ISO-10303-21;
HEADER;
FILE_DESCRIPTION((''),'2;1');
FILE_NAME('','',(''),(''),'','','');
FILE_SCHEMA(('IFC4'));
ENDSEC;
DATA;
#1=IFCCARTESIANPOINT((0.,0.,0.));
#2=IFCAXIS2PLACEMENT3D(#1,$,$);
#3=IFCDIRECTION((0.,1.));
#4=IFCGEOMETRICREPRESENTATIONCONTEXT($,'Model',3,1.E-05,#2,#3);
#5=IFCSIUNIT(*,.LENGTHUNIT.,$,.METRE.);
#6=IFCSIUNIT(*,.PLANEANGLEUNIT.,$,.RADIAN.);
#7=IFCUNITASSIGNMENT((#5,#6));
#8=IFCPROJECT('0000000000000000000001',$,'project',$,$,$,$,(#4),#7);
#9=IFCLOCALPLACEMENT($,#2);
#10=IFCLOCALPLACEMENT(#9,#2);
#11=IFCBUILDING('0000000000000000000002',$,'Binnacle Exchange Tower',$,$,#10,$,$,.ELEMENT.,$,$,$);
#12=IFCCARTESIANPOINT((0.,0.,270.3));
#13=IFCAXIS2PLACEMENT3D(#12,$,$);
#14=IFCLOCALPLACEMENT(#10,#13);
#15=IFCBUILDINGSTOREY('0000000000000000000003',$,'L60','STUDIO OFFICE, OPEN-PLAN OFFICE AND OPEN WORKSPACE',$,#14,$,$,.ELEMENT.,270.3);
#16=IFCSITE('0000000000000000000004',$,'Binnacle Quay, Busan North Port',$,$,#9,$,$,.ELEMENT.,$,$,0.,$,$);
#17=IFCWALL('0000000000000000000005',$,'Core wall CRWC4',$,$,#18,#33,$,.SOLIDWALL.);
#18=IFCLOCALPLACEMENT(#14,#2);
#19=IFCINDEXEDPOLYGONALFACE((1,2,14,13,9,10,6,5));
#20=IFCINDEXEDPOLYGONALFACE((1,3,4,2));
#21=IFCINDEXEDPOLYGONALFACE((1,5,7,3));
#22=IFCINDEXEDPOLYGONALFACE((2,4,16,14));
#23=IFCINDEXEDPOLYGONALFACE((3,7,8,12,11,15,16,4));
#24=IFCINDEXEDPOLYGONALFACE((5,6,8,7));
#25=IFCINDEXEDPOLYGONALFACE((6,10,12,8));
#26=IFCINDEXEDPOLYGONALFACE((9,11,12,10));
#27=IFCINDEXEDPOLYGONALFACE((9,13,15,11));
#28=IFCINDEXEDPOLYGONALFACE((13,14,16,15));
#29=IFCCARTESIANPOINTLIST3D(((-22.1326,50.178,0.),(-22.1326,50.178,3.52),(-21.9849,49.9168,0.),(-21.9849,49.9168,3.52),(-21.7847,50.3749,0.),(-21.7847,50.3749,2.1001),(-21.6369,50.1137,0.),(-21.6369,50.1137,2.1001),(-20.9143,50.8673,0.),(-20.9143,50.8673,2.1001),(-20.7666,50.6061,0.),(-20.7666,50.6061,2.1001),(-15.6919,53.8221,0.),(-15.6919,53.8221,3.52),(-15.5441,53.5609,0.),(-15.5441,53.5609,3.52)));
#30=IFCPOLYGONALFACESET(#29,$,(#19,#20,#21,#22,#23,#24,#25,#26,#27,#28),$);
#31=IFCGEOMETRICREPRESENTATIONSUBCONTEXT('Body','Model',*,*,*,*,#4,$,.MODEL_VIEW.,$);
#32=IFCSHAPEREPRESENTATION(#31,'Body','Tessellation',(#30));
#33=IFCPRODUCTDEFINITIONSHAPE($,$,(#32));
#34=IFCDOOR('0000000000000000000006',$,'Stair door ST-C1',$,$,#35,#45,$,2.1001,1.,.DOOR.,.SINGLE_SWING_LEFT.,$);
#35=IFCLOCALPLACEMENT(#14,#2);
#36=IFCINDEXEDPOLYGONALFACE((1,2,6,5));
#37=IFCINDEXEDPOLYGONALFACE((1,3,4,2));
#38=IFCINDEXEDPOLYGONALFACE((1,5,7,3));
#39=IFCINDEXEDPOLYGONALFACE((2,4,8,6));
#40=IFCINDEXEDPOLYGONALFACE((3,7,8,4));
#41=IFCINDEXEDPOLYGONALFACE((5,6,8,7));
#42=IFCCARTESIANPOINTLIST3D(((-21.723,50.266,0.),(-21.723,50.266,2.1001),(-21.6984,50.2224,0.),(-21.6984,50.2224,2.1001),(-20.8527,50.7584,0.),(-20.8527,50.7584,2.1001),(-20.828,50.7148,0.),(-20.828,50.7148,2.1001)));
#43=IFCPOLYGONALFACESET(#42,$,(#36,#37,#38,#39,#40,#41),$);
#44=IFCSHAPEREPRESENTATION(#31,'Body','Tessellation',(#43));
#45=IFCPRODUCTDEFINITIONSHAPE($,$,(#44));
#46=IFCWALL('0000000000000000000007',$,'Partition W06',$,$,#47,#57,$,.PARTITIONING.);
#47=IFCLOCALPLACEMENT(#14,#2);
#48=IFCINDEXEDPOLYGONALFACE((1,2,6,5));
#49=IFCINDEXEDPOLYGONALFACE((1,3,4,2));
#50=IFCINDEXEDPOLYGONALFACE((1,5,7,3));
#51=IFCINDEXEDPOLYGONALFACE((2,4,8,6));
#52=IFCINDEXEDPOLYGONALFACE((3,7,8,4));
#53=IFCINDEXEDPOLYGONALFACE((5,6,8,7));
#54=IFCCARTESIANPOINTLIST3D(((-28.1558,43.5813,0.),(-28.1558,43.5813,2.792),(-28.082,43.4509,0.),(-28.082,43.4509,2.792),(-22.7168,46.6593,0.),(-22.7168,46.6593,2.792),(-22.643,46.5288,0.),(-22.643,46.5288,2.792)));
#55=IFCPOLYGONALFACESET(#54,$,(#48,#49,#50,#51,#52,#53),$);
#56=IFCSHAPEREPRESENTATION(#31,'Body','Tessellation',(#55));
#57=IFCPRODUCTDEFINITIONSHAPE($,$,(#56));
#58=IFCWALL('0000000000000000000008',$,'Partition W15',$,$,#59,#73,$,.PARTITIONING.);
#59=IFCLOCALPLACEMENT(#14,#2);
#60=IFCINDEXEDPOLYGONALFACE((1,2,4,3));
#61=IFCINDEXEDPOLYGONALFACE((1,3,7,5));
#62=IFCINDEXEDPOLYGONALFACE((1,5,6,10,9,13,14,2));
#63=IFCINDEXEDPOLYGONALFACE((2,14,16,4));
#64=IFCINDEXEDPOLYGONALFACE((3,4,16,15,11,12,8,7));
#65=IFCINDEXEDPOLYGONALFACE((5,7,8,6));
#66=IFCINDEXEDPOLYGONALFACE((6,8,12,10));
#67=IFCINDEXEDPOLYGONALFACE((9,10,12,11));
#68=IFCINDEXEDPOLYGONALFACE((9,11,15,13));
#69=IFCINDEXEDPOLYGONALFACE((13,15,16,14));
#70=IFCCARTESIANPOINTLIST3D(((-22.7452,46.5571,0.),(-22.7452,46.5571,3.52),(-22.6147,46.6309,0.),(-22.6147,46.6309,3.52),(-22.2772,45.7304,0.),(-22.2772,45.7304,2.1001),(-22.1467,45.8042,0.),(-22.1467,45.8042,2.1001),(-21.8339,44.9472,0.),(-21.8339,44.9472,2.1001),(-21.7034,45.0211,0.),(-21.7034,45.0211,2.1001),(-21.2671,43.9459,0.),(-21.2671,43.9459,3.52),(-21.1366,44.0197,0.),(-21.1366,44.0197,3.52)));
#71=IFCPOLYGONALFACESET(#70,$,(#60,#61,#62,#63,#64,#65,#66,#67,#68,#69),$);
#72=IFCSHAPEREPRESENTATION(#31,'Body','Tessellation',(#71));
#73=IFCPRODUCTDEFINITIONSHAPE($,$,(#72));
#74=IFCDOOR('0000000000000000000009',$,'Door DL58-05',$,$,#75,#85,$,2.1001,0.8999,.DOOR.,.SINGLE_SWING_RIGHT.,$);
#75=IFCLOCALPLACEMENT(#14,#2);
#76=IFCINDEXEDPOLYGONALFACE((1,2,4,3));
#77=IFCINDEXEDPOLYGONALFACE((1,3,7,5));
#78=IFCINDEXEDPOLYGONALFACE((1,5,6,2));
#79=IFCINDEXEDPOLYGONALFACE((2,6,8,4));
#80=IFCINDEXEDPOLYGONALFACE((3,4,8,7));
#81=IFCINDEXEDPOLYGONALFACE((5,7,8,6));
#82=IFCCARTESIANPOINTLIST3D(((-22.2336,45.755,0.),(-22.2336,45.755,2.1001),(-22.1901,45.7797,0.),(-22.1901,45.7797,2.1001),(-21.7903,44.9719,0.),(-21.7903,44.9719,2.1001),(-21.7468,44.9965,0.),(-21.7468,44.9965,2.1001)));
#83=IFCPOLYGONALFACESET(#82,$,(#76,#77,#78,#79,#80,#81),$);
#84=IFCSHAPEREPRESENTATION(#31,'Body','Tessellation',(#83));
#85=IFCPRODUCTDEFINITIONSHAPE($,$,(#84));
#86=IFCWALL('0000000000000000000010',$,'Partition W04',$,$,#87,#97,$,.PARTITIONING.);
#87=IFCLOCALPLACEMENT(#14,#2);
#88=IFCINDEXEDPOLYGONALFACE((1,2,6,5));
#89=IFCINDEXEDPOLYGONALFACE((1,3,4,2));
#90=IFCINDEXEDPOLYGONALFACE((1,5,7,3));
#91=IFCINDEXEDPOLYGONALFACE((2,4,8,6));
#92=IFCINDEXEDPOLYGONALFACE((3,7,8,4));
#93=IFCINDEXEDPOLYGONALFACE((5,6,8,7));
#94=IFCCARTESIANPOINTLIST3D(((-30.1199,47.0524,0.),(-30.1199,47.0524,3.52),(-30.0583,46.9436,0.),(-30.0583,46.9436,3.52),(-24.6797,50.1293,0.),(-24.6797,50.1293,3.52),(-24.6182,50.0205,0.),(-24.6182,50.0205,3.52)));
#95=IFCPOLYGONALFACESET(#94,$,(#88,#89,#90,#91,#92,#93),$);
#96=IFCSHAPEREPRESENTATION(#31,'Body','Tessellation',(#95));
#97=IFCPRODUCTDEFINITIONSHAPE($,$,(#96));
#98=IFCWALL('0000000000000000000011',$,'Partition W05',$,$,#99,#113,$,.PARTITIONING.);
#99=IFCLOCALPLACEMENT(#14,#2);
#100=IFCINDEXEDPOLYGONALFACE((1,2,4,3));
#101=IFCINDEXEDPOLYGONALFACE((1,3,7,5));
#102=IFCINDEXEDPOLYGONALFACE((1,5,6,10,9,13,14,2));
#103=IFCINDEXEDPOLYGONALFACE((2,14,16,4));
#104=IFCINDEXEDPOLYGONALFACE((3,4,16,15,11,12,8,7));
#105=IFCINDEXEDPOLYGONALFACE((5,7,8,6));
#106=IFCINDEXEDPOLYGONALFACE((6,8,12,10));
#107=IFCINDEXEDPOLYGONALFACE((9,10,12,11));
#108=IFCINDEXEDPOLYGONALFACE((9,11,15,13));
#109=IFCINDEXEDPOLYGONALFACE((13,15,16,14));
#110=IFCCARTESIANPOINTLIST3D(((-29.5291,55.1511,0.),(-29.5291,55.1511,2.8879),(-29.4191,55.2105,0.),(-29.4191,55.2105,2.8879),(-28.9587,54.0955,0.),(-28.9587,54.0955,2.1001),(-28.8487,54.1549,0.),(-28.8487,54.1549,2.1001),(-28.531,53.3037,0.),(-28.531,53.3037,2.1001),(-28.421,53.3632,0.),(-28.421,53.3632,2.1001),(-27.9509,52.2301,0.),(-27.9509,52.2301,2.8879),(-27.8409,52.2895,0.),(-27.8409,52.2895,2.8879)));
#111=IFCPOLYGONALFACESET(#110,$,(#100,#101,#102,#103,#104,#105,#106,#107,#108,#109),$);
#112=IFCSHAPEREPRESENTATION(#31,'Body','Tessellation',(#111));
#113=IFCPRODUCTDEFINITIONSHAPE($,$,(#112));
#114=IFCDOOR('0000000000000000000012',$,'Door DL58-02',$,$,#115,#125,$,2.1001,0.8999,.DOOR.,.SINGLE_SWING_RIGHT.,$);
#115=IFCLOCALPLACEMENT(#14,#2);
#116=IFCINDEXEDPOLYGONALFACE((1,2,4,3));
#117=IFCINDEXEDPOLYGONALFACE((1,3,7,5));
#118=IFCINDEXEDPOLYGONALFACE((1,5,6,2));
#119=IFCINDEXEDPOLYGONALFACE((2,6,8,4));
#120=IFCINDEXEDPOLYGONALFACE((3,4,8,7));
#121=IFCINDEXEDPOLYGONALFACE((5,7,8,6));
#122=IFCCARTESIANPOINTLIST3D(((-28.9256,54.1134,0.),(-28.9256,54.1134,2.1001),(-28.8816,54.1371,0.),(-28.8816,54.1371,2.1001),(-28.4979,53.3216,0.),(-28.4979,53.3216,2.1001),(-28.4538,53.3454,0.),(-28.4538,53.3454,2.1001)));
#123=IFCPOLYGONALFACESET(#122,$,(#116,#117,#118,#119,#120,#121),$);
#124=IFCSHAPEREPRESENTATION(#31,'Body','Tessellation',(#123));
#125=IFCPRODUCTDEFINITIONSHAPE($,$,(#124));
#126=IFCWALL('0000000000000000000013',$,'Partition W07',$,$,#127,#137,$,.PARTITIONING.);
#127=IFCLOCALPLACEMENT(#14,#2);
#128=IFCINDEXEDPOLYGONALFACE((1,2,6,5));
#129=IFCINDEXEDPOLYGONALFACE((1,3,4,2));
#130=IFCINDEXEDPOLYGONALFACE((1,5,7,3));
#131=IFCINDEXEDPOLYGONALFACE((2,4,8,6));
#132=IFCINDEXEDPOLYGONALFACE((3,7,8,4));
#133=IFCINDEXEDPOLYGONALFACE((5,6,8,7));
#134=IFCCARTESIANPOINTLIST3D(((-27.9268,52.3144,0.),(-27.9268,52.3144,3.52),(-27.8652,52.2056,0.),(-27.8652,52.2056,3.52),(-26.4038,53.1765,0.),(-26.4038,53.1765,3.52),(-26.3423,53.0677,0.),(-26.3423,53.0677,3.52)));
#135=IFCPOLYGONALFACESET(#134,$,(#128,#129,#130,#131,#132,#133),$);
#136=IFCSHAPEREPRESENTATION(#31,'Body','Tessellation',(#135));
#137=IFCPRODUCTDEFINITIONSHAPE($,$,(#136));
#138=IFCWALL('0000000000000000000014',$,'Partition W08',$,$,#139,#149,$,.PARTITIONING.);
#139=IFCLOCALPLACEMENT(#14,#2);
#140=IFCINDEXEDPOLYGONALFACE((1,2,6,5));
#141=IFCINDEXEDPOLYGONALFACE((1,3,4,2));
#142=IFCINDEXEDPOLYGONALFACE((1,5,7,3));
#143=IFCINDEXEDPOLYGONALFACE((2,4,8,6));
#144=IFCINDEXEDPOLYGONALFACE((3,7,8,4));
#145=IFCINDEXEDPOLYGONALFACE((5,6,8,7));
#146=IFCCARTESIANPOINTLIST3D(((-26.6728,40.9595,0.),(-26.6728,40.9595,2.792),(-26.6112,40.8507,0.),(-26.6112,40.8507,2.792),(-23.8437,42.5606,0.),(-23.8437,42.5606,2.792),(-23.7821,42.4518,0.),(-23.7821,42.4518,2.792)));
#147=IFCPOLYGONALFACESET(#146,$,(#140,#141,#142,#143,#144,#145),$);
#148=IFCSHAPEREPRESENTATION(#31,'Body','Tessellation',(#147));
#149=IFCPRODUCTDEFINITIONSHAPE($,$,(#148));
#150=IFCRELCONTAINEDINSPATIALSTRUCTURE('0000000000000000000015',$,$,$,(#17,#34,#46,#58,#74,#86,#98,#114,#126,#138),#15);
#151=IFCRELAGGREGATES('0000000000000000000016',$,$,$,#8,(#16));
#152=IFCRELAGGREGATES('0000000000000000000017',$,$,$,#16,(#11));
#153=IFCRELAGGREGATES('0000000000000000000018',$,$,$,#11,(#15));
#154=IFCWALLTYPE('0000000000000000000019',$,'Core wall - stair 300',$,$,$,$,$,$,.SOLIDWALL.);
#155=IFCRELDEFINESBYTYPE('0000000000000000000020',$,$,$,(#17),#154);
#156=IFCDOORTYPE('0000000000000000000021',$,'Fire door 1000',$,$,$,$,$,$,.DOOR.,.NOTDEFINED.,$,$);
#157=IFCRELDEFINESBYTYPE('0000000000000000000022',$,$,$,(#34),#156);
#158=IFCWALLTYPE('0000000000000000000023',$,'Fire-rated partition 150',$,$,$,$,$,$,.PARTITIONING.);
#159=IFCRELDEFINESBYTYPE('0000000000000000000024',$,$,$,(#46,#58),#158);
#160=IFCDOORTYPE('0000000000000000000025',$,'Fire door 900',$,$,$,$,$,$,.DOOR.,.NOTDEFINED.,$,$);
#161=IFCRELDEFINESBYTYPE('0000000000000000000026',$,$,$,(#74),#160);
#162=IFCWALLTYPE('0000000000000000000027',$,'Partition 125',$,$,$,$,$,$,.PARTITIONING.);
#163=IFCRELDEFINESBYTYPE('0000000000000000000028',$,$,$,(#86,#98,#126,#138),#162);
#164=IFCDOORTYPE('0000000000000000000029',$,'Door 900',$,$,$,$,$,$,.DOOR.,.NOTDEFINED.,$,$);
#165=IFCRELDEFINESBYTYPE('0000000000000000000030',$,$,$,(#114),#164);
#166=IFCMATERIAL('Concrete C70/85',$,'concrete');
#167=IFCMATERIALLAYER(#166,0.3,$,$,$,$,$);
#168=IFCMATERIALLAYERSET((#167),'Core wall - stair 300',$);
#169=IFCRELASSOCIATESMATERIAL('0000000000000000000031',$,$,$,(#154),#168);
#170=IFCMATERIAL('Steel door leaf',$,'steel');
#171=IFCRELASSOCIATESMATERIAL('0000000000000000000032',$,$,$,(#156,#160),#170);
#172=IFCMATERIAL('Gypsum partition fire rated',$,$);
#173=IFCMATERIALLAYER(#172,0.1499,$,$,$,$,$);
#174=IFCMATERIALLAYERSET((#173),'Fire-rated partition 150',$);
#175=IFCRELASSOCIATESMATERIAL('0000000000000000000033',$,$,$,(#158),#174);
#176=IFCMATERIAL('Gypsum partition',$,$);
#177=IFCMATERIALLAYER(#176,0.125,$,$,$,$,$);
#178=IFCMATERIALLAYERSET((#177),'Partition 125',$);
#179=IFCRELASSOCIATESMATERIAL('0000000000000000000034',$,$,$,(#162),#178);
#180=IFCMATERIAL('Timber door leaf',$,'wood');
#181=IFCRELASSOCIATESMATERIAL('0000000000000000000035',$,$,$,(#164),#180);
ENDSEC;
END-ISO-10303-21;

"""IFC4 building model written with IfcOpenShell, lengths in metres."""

from ifc_helpers import new_model, si_unit, direction, frame, frame_2d, origin, place, context, subcontext, project, spatial, rectangle, extrude, material, layer, layer_set, type_object, element, fill, save


model = new_model("IFC4")

# Units and contexts
model_context = context("Model", 3, precision=1e-05, world=origin(), true_north=direction((0.0, 1.0)))
body_context = subcontext(model_context, "Body", "Model", "MODEL_VIEW")
ifc_project = project(units=[si_unit("LENGTHUNIT", "METRE"), si_unit("PLANEANGLEUNIT", "RADIAN")], contexts=[model_context])

# Site, building, storey
site_placement = place(None, origin())
site = spatial("IfcSite", under=ifc_project, at=site_placement, Name="Binnacle Quay, Busan North Port", CompositionType="ELEMENT", RefElevation=0.0)
building_placement = place(site_placement, origin())
building = spatial("IfcBuilding", under=site, at=building_placement, Name="Binnacle Exchange Tower", CompositionType="ELEMENT")
storey_placement = place(building_placement, frame((0.0, 0.0, 270.3)))
storey = spatial("IfcBuildingStorey", under=building, at=storey_placement, Name="L60", Description="STUDIO OFFICE, OPEN-PLAN OFFICE AND OPEN WORKSPACE", CompositionType="ELEMENT", Elevation=270.3)

# Shared definitions
ifc_material_1 = material(Name="Concrete C70/85", Category="concrete")

# Wall, opening, door
ifc_layer_1 = layer(ifc_material_1, 0.3)
ifc_layer_set_1 = layer_set([ifc_layer_1], Name="Core wall - stair 300")
wall_type_1 = type_object("IfcWallType", Name="Core wall - stair 300", PredefinedType="SOLIDWALL", material=ifc_layer_set_1)
wall_1_placement = place(storey_placement, frame((-22.0588, 50.0474, 0.0), z_axis=(0.0, 0.0, 1.0), x_axis=(0.870351, 0.492432, 0.0)))
wall_1 = element("IfcWall", 1, at=wall_1_placement, inside=storey, type_object=wall_type_1, Name="Core wall CRWC4", PredefinedType="SOLIDWALL", context=body_context, shape_type="SweptSolid", body=[
    extrude(rectangle(XDim=7.4001, YDim=0.3, at=frame_2d((3.7002, 0.0))), origin(), (0.0, 0.0, 1.0), 3.52),
])
opening_1_placement = place(wall_1_placement, frame((0.3999, 0.0, 0.0)))
opening_1 = element("IfcOpeningElement", 2, at=opening_1_placement, cuts=wall_1, PredefinedType="OPENING", context=body_context, shape_type="SweptSolid", body=[
    extrude(rectangle(XDim=1.0, YDim=2.1001, at=frame_2d((0.5, 1.05))), frame((0.0, 0.1599, 0.0), z_axis=(0.0, -1.0, 0.0), x_axis=(1.0, 0.0, 0.0)), (0.0, 0.0, 1.0), 0.3201),
])
ifc_material_2 = material(Name="Steel door leaf", Category="steel")
door_type_1 = type_object("IfcDoorType", Name="Fire door 1000", OperationType="NOTDEFINED", PredefinedType="DOOR", material=ifc_material_2)
door_1_placement = place(opening_1_placement, origin())
door_1 = element("IfcDoor", 3, at=door_1_placement, inside=storey, type_object=door_type_1, Name="Stair door ST-C1", OperationType="SINGLE_SWING_LEFT", OverallHeight=2.1001, OverallWidth=1.0, PredefinedType="DOOR", context=body_context, shape_type="SweptSolid", body=[
    extrude(rectangle(XDim=1.0, YDim=2.1001, at=frame_2d((0.5, 1.05))), frame((0.0, 0.0249, 0.0), z_axis=(0.0, -1.0, 0.0), x_axis=(1.0, 0.0, 0.0)), (0.0, 0.0, 1.0), 0.05),
])
fill(opening_1, door_1)

# Wall
ifc_material_3 = material(Name="Gypsum partition fire rated")
ifc_layer_2 = layer(ifc_material_3, 0.1499)
ifc_layer_set_2 = layer_set([ifc_layer_2], Name="Fire-rated partition 150")
wall_type_2 = type_object("IfcWallType", Name="Fire-rated partition 150", PredefinedType="PARTITIONING", material=ifc_layer_set_2)
wall_2_placement = place(storey_placement, frame((-28.1189, 43.5161, 0.0), z_axis=(0.0, 0.0, 1.0), x_axis=(0.87031, 0.492504, 0.0)))
element("IfcWall", 4, at=wall_2_placement, inside=storey, type_object=wall_type_2, Name="Partition W06", PredefinedType="PARTITIONING", context=body_context, shape_type="SweptSolid", body=[
    extrude(rectangle(XDim=6.2495, YDim=0.1499, at=frame_2d((3.1248, 0.0))), origin(), (0.0, 0.0, 1.0), 2.792),
])

# Wall, opening, door
wall_3_placement = place(storey_placement, frame((-22.6799, 46.594, 0.0), z_axis=(0.0, 0.0, 1.0), x_axis=(0.492612, -0.870249, 0.0)))
wall_3 = element("IfcWall", 5, at=wall_3_placement, inside=storey, type_object=wall_type_2, Name="Partition W15", PredefinedType="PARTITIONING", context=body_context, shape_type="SweptSolid", body=[
    extrude(rectangle(XDim=3.0005, YDim=0.1499, at=frame_2d((1.5002, 0.0))), origin(), (0.0, 0.0, 1.0), 3.52),
])
opening_2_placement = place(wall_3_placement, frame((0.95, 0.0, 0.0)))
opening_2 = element("IfcOpeningElement", 6, at=opening_2_placement, cuts=wall_3, PredefinedType="OPENING", context=body_context, shape_type="SweptSolid", body=[
    extrude(rectangle(XDim=0.8999, YDim=2.1001, at=frame_2d((0.45, 1.05))), frame((0.0, 0.085, 0.0), z_axis=(0.0, -1.0, 0.0), x_axis=(1.0, 0.0, 0.0)), (0.0, 0.0, 1.0), 0.1699),
])
door_type_2 = type_object("IfcDoorType", Name="Fire door 900", OperationType="NOTDEFINED", PredefinedType="DOOR", material=ifc_material_2)
door_2_placement = place(opening_2_placement, frame((0.8999, 0.0, 0.0), z_axis=(0.0, 0.0, 1.0), x_axis=(-1.0, 0.0, 0.0)))
door_2 = element("IfcDoor", 7, at=door_2_placement, inside=storey, type_object=door_type_2, Name="Door DL58-05", OperationType="SINGLE_SWING_RIGHT", OverallHeight=2.1001, OverallWidth=0.8999, PredefinedType="DOOR", context=body_context, shape_type="SweptSolid", body=[
    extrude(rectangle(XDim=0.8999, YDim=2.1001, at=frame_2d((0.45, 1.05))), frame((0.0, 0.0249, 0.0), z_axis=(0.0, -1.0, 0.0), x_axis=(1.0, 0.0, 0.0)), (0.0, 0.0, 1.0), 0.05),
])
fill(opening_2, door_2)

# Wall
ifc_material_4 = material(Name="Gypsum partition")
ifc_layer_3 = layer(ifc_material_4, 0.125)
ifc_layer_set_3 = layer_set([ifc_layer_3], Name="Partition 125")
wall_type_3 = type_object("IfcWallType", Name="Partition 125", PredefinedType="PARTITIONING", material=ifc_layer_set_3)
wall_4_placement = place(storey_placement, frame((-30.0891, 46.998, 0.0), z_axis=(0.0, 0.0, 1.0), x_axis=(0.870425, 0.492302, 0.0)))
element("IfcWall", 8, at=wall_4_placement, inside=storey, type_object=wall_type_3, Name="Partition W04", PredefinedType="PARTITIONING", context=body_context, shape_type="SweptSolid", body=[
    extrude(rectangle(XDim=6.25, YDim=0.125, at=frame_2d((3.125, 0.0))), origin(), (0.0, 0.0, 1.0), 3.52),
])

# Wall, opening, door
wall_5_placement = place(storey_placement, frame((-29.4741, 55.1809, 0.0), z_axis=(0.0, 0.0, 1.0), x_axis=(0.475345, -0.8798, 0.0)))
wall_5 = element("IfcWall", 9, at=wall_5_placement, inside=storey, type_object=wall_type_3, Name="Partition W05", PredefinedType="PARTITIONING", context=body_context, shape_type="SweptSolid", body=[
    extrude(rectangle(XDim=3.3201, YDim=0.125, at=frame_2d((1.6602, 0.0))), origin(), (0.0, 0.0, 1.0), 2.8879),
])
opening_3_placement = place(wall_5_placement, frame((1.2, 0.0, 0.0)))
opening_3 = element("IfcOpeningElement", 10, at=opening_3_placement, cuts=wall_5, PredefinedType="OPENING", context=body_context, shape_type="SweptSolid", body=[
    extrude(rectangle(XDim=0.8999, YDim=2.1001, at=frame_2d((0.45, 1.05))), frame((0.0, 0.0725, 0.0), z_axis=(0.0, -1.0, 0.0), x_axis=(1.0, 0.0, 0.0)), (0.0, 0.0, 1.0), 0.145),
])
ifc_material_5 = material(Name="Timber door leaf", Category="wood")
door_type_3 = type_object("IfcDoorType", Name="Door 900", OperationType="NOTDEFINED", PredefinedType="DOOR", material=ifc_material_5)
door_3_placement = place(opening_3_placement, frame((0.8999, 0.0, 0.0), z_axis=(0.0, 0.0, 1.0), x_axis=(-1.0, 0.0, 0.0)))
door_3 = element("IfcDoor", 11, at=door_3_placement, inside=storey, type_object=door_type_3, Name="Door DL58-02", OperationType="SINGLE_SWING_RIGHT", OverallHeight=2.1001, OverallWidth=0.8999, PredefinedType="DOOR", context=body_context, shape_type="SweptSolid", body=[
    extrude(rectangle(XDim=0.8999, YDim=2.1001, at=frame_2d((0.45, 1.05))), frame((0.0, 0.0249, 0.0), z_axis=(0.0, -1.0, 0.0), x_axis=(1.0, 0.0, 0.0)), (0.0, 0.0, 1.0), 0.05),
])
fill(opening_3, door_3)

# Walls
wall_6_placement = place(storey_placement, frame((-27.896, 52.26, 0.0), z_axis=(0.0, 0.0, 1.0), x_axis=(0.870253, 0.492604, 0.0)))
element("IfcWall", 12, at=wall_6_placement, inside=storey, type_object=wall_type_3, Name="Partition W07", PredefinedType="PARTITIONING", context=body_context, shape_type="SweptSolid", body=[
    extrude(rectangle(XDim=1.75, YDim=0.125, at=frame_2d((0.875, 0.0))), origin(), (0.0, 0.0, 1.0), 3.52),
])
wall_7_placement = place(storey_placement, frame((-26.6421, 40.905, 0.0), z_axis=(0.0, 0.0, 1.0), x_axis=(0.870297, 0.492527, 0.0)))
element("IfcWall", 13, at=wall_7_placement, inside=storey, type_object=wall_type_3, Name="Partition W08", PredefinedType="PARTITIONING", context=body_context, shape_type="SweptSolid", body=[
    extrude(rectangle(XDim=3.2507, YDim=0.125, at=frame_2d((1.6255, 0.0))), origin(), (0.0, 0.0, 1.0), 2.792),
])

save(model, "model.ifc")
